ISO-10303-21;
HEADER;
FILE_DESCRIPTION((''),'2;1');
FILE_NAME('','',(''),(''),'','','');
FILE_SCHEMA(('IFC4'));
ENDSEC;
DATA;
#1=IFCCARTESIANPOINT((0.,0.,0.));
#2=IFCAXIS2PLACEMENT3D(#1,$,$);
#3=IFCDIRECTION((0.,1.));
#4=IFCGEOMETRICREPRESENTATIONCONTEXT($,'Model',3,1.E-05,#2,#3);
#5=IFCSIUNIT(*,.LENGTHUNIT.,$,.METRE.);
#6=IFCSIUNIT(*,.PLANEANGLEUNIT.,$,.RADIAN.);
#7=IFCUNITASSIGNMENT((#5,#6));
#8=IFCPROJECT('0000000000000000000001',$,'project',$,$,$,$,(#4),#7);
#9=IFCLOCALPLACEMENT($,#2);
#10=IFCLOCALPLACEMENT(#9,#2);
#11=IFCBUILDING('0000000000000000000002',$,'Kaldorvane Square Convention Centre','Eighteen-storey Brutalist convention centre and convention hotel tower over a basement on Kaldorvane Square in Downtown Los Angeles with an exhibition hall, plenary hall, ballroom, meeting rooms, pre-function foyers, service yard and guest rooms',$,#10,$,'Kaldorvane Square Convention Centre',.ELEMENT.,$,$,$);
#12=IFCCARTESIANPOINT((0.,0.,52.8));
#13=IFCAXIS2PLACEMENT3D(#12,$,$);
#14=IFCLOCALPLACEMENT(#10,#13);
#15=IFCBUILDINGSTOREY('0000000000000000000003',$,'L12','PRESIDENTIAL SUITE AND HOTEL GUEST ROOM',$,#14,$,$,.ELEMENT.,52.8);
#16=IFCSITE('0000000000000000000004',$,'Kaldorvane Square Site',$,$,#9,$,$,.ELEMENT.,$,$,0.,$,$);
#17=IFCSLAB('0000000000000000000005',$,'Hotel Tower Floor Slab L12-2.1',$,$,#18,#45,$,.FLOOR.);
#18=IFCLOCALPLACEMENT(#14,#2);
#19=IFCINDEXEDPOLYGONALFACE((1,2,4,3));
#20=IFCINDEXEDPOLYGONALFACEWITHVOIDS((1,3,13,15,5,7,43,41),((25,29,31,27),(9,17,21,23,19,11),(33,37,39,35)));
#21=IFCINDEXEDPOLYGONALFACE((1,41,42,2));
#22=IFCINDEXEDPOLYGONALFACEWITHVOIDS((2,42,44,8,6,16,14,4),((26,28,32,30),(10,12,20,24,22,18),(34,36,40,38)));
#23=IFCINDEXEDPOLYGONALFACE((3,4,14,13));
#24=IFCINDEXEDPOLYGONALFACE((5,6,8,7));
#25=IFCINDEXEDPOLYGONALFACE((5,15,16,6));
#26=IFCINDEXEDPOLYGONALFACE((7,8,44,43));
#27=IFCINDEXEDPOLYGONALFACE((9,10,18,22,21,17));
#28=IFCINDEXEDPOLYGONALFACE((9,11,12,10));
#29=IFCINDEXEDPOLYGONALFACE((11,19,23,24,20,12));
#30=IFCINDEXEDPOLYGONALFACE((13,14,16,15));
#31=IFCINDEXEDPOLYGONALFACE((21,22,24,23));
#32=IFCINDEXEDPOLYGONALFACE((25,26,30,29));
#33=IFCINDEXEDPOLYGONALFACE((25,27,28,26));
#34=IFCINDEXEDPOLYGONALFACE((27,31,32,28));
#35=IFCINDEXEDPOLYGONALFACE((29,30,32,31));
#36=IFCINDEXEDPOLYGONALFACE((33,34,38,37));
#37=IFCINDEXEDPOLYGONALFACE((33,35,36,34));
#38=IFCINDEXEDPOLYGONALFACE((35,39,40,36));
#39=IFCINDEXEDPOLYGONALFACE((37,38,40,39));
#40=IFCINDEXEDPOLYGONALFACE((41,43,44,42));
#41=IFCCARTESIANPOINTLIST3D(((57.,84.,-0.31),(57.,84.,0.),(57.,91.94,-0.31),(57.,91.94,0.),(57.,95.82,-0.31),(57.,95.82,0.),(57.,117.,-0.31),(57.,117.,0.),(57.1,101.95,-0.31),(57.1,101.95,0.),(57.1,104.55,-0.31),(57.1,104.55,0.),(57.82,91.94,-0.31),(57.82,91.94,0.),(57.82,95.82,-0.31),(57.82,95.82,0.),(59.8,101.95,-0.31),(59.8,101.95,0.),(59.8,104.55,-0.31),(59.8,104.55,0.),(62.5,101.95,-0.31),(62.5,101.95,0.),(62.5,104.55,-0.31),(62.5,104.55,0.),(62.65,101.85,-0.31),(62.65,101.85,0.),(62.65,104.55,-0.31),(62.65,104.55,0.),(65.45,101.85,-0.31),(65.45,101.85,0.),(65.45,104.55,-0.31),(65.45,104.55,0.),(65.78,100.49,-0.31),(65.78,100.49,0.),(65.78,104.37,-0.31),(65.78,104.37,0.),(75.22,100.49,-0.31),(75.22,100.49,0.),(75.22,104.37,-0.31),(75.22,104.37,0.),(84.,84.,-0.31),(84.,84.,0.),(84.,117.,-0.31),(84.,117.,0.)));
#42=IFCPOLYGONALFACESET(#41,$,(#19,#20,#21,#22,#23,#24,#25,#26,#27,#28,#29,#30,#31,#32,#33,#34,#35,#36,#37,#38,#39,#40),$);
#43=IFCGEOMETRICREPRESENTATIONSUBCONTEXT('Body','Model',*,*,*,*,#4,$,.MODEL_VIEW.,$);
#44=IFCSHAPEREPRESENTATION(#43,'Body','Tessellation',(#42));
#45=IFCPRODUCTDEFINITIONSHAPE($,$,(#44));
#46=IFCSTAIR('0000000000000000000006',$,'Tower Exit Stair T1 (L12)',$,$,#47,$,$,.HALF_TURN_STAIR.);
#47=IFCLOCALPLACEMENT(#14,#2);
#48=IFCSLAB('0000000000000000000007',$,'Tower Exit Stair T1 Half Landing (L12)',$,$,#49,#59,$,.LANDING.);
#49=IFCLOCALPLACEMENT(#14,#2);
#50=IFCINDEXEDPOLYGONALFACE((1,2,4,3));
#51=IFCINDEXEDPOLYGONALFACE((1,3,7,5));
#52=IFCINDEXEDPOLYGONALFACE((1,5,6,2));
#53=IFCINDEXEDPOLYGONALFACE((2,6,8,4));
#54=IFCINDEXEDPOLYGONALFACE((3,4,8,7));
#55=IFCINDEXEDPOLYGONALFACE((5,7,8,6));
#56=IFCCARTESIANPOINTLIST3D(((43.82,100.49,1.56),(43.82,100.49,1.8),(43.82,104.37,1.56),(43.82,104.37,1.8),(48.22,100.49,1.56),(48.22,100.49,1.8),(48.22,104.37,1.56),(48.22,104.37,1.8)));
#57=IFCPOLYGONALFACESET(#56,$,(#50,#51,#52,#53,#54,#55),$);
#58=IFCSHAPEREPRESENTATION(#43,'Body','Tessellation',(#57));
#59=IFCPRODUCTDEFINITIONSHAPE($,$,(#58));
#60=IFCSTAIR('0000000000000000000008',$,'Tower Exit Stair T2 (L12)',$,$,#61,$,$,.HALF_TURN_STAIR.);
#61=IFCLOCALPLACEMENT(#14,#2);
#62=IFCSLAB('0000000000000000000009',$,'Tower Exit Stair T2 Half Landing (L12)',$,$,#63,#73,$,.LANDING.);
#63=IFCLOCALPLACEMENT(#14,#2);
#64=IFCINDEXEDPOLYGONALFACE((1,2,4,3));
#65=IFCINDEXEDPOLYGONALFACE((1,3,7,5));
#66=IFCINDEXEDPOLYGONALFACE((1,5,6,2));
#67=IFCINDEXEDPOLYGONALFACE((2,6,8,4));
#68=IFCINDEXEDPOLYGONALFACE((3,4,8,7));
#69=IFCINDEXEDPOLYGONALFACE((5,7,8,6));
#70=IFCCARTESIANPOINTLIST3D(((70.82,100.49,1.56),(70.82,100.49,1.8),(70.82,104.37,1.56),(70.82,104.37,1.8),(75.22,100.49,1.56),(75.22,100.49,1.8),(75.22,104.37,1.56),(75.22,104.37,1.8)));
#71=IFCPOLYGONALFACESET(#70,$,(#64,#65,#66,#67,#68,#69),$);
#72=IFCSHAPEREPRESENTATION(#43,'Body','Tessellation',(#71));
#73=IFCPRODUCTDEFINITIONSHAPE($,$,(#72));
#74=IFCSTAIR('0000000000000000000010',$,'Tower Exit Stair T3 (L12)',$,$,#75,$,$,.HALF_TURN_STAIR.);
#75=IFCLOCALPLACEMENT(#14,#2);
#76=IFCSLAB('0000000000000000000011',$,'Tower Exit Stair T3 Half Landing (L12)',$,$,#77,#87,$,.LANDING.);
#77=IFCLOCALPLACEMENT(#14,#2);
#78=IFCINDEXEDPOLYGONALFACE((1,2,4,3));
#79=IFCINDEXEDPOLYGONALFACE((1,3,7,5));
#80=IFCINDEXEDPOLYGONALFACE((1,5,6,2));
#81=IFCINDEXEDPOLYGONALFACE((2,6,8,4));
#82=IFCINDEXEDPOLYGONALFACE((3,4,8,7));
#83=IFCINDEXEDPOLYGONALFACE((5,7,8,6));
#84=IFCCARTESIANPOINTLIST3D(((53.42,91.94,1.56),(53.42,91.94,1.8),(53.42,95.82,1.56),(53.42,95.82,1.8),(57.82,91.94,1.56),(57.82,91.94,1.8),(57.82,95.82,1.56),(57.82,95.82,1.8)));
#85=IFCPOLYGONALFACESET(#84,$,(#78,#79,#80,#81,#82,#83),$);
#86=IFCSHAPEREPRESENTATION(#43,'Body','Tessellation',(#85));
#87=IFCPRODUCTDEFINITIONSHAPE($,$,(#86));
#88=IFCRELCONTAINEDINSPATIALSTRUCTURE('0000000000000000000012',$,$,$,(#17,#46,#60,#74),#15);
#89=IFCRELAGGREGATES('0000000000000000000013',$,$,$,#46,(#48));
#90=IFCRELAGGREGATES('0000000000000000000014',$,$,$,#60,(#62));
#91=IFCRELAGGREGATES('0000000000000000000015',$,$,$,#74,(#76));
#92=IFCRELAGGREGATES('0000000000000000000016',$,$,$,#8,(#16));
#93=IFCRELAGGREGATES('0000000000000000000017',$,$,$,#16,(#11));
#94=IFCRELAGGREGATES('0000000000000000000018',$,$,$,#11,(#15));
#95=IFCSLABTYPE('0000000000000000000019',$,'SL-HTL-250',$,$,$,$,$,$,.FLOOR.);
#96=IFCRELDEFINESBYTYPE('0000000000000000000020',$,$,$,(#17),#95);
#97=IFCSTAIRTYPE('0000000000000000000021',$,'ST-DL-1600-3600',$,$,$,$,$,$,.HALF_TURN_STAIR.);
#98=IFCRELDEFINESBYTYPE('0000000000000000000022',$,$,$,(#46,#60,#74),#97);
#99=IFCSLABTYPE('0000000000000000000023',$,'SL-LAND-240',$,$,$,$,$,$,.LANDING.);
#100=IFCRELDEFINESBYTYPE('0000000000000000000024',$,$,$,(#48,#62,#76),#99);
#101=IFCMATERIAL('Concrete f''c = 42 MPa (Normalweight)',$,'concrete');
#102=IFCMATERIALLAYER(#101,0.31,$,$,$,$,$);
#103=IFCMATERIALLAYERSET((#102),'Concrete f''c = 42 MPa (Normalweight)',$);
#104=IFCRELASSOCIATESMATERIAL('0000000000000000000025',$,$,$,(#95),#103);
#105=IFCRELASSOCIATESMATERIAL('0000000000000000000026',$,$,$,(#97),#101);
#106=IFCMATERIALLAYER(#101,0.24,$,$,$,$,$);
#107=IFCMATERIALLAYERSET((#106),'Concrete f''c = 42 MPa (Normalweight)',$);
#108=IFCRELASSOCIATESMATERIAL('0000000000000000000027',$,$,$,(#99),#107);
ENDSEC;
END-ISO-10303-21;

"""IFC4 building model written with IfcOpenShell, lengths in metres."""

from ifc_helpers import new_model, si_unit, direction, frame, origin, place, context, subcontext, project, spatial, polyline, outline, extrude, material, layer, layer_set, type_object, element, aggregate, save


model = new_model("IFC4")

# Units and contexts
model_context = context("Model", 3, precision=1e-05, world=origin(), true_north=direction((0.0, 1.0)))
body_context = subcontext(model_context, "Body", "Model", "MODEL_VIEW")
ifc_project = project(units=[si_unit("LENGTHUNIT", "METRE"), si_unit("PLANEANGLEUNIT", "RADIAN")], contexts=[model_context])

# Site, building, storey
site_placement = place(None, origin())
site = spatial("IfcSite", under=ifc_project, at=site_placement, Name="Kaldorvane Square Site", CompositionType="ELEMENT", RefElevation=0.0)
building_placement = place(site_placement, origin())
building = spatial("IfcBuilding", under=site, at=building_placement, Name="Kaldorvane Square Convention Centre", Description="Eighteen-storey Brutalist convention centre and convention hotel tower over a basement on Kaldorvane Square in Downtown Los Angeles with an exhibition hall, plenary hall, ballroom, meeting rooms, pre-function foyers, service yard and guest rooms", LongName="Kaldorvane Square Convention Centre", CompositionType="ELEMENT")
storey_placement = place(building_placement, frame((0.0, 0.0, 52.8)))
storey = spatial("IfcBuildingStorey", under=building, at=storey_placement, Name="L12", Description="PRESIDENTIAL SUITE AND HOTEL GUEST ROOM", CompositionType="ELEMENT", Elevation=52.8)

# Shared definitions
ifc_material = material(Name="Concrete f'c = 42 MPa (Normalweight)", Category="concrete")

# Slab
ifc_layer_1 = layer(ifc_material, 0.31)
ifc_layer_set_1 = layer_set([ifc_layer_1], Name="Concrete f'c = 42 MPa (Normalweight)")
slab_type_1 = type_object("IfcSlabType", Name="SL-HTL-250", PredefinedType="FLOOR", material=ifc_layer_set_1)
slab_1_placement = place(storey_placement, frame((0.0, 0.0, -0.31)))
element("IfcSlab", 1, at=slab_1_placement, inside=storey, type_object=slab_type_1, Name="Hotel Tower Floor Slab L12-2.1", PredefinedType="FLOOR", context=body_context, shape_type="SweptSolid", body=[
    extrude(outline(polyline([(84.0, 117.0), (84.0, 84.0), (57.0, 84.0), (57.0, 91.94), (57.82, 91.94), (57.82, 95.82), (57.0, 95.82), (57.0, 117.0), (84.0, 117.0)]), holes=[polyline([(65.78, 104.37), (65.78, 100.49), (75.22, 100.49), (75.22, 104.37), (65.78, 104.37)]), polyline([(62.65, 104.55), (62.65, 101.85), (65.45, 101.85), (65.45, 104.55), (62.65, 104.55)]), polyline([(57.1, 104.55), (57.1, 101.95), (59.8, 101.95), (62.5, 101.95), (62.5, 104.55), (59.8, 104.55), (57.1, 104.55)])]), origin(), (0.0, 0.0, 1.0), 0.31),
])

# Stairs, slabs
stair_type = type_object("IfcStairType", Name="ST-DL-1600-3600", PredefinedType="HALF_TURN_STAIR", material=ifc_material)
stair_1_placement = place(storey_placement, origin())
stair_1 = element("IfcStair", 2, at=stair_1_placement, inside=storey, type_object=stair_type, Name="Tower Exit Stair T1 (L12)", PredefinedType="HALF_TURN_STAIR")
ifc_layer_2 = layer(ifc_material, 0.24)
ifc_layer_set_2 = layer_set([ifc_layer_2], Name="Concrete f'c = 42 MPa (Normalweight)")
slab_type_2 = type_object("IfcSlabType", Name="SL-LAND-240", PredefinedType="LANDING", material=ifc_layer_set_2)
slab_2_placement = place(storey_placement, frame((0.0, 0.0, 1.56)))
slab_2 = element("IfcSlab", 3, at=slab_2_placement, type_object=slab_type_2, Name="Tower Exit Stair T1 Half Landing (L12)", PredefinedType="LANDING", context=body_context, shape_type="SweptSolid", body=[
    extrude(outline(polyline([(43.82, 100.49), (48.22, 100.49), (48.22, 104.37), (43.82, 104.37), (43.82, 100.49)])), origin(), (0.0, 0.0, 1.0), 0.24),
])
aggregate(stair_1, [slab_2])
stair_2_placement = place(storey_placement, origin())
stair_2 = element("IfcStair", 4, at=stair_2_placement, inside=storey, type_object=stair_type, Name="Tower Exit Stair T2 (L12)", PredefinedType="HALF_TURN_STAIR")
slab_3_placement = place(storey_placement, frame((0.0, 0.0, 1.56)))
slab_3 = element("IfcSlab", 5, at=slab_3_placement, type_object=slab_type_2, Name="Tower Exit Stair T2 Half Landing (L12)", PredefinedType="LANDING", context=body_context, shape_type="SweptSolid", body=[
    extrude(outline(polyline([(70.82, 100.49), (75.22, 100.49), (75.22, 104.37), (70.82, 104.37), (70.82, 100.49)])), origin(), (0.0, 0.0, 1.0), 0.24),
])
aggregate(stair_2, [slab_3])
stair_3_placement = place(storey_placement, origin())
stair_3 = element("IfcStair", 6, at=stair_3_placement, inside=storey, type_object=stair_type, Name="Tower Exit Stair T3 (L12)", PredefinedType="HALF_TURN_STAIR")
slab_4_placement = place(storey_placement, frame((0.0, 0.0, 1.56)))
slab_4 = element("IfcSlab", 7, at=slab_4_placement, type_object=slab_type_2, Name="Tower Exit Stair T3 Half Landing (L12)", PredefinedType="LANDING", context=body_context, shape_type="SweptSolid", body=[
    extrude(outline(polyline([(53.42, 91.94), (57.82, 91.94), (57.82, 95.82), (53.42, 95.82), (53.42, 91.94)])), origin(), (0.0, 0.0, 1.0), 0.24),
])
aggregate(stair_3, [slab_4])

save(model, "model.ifc")
